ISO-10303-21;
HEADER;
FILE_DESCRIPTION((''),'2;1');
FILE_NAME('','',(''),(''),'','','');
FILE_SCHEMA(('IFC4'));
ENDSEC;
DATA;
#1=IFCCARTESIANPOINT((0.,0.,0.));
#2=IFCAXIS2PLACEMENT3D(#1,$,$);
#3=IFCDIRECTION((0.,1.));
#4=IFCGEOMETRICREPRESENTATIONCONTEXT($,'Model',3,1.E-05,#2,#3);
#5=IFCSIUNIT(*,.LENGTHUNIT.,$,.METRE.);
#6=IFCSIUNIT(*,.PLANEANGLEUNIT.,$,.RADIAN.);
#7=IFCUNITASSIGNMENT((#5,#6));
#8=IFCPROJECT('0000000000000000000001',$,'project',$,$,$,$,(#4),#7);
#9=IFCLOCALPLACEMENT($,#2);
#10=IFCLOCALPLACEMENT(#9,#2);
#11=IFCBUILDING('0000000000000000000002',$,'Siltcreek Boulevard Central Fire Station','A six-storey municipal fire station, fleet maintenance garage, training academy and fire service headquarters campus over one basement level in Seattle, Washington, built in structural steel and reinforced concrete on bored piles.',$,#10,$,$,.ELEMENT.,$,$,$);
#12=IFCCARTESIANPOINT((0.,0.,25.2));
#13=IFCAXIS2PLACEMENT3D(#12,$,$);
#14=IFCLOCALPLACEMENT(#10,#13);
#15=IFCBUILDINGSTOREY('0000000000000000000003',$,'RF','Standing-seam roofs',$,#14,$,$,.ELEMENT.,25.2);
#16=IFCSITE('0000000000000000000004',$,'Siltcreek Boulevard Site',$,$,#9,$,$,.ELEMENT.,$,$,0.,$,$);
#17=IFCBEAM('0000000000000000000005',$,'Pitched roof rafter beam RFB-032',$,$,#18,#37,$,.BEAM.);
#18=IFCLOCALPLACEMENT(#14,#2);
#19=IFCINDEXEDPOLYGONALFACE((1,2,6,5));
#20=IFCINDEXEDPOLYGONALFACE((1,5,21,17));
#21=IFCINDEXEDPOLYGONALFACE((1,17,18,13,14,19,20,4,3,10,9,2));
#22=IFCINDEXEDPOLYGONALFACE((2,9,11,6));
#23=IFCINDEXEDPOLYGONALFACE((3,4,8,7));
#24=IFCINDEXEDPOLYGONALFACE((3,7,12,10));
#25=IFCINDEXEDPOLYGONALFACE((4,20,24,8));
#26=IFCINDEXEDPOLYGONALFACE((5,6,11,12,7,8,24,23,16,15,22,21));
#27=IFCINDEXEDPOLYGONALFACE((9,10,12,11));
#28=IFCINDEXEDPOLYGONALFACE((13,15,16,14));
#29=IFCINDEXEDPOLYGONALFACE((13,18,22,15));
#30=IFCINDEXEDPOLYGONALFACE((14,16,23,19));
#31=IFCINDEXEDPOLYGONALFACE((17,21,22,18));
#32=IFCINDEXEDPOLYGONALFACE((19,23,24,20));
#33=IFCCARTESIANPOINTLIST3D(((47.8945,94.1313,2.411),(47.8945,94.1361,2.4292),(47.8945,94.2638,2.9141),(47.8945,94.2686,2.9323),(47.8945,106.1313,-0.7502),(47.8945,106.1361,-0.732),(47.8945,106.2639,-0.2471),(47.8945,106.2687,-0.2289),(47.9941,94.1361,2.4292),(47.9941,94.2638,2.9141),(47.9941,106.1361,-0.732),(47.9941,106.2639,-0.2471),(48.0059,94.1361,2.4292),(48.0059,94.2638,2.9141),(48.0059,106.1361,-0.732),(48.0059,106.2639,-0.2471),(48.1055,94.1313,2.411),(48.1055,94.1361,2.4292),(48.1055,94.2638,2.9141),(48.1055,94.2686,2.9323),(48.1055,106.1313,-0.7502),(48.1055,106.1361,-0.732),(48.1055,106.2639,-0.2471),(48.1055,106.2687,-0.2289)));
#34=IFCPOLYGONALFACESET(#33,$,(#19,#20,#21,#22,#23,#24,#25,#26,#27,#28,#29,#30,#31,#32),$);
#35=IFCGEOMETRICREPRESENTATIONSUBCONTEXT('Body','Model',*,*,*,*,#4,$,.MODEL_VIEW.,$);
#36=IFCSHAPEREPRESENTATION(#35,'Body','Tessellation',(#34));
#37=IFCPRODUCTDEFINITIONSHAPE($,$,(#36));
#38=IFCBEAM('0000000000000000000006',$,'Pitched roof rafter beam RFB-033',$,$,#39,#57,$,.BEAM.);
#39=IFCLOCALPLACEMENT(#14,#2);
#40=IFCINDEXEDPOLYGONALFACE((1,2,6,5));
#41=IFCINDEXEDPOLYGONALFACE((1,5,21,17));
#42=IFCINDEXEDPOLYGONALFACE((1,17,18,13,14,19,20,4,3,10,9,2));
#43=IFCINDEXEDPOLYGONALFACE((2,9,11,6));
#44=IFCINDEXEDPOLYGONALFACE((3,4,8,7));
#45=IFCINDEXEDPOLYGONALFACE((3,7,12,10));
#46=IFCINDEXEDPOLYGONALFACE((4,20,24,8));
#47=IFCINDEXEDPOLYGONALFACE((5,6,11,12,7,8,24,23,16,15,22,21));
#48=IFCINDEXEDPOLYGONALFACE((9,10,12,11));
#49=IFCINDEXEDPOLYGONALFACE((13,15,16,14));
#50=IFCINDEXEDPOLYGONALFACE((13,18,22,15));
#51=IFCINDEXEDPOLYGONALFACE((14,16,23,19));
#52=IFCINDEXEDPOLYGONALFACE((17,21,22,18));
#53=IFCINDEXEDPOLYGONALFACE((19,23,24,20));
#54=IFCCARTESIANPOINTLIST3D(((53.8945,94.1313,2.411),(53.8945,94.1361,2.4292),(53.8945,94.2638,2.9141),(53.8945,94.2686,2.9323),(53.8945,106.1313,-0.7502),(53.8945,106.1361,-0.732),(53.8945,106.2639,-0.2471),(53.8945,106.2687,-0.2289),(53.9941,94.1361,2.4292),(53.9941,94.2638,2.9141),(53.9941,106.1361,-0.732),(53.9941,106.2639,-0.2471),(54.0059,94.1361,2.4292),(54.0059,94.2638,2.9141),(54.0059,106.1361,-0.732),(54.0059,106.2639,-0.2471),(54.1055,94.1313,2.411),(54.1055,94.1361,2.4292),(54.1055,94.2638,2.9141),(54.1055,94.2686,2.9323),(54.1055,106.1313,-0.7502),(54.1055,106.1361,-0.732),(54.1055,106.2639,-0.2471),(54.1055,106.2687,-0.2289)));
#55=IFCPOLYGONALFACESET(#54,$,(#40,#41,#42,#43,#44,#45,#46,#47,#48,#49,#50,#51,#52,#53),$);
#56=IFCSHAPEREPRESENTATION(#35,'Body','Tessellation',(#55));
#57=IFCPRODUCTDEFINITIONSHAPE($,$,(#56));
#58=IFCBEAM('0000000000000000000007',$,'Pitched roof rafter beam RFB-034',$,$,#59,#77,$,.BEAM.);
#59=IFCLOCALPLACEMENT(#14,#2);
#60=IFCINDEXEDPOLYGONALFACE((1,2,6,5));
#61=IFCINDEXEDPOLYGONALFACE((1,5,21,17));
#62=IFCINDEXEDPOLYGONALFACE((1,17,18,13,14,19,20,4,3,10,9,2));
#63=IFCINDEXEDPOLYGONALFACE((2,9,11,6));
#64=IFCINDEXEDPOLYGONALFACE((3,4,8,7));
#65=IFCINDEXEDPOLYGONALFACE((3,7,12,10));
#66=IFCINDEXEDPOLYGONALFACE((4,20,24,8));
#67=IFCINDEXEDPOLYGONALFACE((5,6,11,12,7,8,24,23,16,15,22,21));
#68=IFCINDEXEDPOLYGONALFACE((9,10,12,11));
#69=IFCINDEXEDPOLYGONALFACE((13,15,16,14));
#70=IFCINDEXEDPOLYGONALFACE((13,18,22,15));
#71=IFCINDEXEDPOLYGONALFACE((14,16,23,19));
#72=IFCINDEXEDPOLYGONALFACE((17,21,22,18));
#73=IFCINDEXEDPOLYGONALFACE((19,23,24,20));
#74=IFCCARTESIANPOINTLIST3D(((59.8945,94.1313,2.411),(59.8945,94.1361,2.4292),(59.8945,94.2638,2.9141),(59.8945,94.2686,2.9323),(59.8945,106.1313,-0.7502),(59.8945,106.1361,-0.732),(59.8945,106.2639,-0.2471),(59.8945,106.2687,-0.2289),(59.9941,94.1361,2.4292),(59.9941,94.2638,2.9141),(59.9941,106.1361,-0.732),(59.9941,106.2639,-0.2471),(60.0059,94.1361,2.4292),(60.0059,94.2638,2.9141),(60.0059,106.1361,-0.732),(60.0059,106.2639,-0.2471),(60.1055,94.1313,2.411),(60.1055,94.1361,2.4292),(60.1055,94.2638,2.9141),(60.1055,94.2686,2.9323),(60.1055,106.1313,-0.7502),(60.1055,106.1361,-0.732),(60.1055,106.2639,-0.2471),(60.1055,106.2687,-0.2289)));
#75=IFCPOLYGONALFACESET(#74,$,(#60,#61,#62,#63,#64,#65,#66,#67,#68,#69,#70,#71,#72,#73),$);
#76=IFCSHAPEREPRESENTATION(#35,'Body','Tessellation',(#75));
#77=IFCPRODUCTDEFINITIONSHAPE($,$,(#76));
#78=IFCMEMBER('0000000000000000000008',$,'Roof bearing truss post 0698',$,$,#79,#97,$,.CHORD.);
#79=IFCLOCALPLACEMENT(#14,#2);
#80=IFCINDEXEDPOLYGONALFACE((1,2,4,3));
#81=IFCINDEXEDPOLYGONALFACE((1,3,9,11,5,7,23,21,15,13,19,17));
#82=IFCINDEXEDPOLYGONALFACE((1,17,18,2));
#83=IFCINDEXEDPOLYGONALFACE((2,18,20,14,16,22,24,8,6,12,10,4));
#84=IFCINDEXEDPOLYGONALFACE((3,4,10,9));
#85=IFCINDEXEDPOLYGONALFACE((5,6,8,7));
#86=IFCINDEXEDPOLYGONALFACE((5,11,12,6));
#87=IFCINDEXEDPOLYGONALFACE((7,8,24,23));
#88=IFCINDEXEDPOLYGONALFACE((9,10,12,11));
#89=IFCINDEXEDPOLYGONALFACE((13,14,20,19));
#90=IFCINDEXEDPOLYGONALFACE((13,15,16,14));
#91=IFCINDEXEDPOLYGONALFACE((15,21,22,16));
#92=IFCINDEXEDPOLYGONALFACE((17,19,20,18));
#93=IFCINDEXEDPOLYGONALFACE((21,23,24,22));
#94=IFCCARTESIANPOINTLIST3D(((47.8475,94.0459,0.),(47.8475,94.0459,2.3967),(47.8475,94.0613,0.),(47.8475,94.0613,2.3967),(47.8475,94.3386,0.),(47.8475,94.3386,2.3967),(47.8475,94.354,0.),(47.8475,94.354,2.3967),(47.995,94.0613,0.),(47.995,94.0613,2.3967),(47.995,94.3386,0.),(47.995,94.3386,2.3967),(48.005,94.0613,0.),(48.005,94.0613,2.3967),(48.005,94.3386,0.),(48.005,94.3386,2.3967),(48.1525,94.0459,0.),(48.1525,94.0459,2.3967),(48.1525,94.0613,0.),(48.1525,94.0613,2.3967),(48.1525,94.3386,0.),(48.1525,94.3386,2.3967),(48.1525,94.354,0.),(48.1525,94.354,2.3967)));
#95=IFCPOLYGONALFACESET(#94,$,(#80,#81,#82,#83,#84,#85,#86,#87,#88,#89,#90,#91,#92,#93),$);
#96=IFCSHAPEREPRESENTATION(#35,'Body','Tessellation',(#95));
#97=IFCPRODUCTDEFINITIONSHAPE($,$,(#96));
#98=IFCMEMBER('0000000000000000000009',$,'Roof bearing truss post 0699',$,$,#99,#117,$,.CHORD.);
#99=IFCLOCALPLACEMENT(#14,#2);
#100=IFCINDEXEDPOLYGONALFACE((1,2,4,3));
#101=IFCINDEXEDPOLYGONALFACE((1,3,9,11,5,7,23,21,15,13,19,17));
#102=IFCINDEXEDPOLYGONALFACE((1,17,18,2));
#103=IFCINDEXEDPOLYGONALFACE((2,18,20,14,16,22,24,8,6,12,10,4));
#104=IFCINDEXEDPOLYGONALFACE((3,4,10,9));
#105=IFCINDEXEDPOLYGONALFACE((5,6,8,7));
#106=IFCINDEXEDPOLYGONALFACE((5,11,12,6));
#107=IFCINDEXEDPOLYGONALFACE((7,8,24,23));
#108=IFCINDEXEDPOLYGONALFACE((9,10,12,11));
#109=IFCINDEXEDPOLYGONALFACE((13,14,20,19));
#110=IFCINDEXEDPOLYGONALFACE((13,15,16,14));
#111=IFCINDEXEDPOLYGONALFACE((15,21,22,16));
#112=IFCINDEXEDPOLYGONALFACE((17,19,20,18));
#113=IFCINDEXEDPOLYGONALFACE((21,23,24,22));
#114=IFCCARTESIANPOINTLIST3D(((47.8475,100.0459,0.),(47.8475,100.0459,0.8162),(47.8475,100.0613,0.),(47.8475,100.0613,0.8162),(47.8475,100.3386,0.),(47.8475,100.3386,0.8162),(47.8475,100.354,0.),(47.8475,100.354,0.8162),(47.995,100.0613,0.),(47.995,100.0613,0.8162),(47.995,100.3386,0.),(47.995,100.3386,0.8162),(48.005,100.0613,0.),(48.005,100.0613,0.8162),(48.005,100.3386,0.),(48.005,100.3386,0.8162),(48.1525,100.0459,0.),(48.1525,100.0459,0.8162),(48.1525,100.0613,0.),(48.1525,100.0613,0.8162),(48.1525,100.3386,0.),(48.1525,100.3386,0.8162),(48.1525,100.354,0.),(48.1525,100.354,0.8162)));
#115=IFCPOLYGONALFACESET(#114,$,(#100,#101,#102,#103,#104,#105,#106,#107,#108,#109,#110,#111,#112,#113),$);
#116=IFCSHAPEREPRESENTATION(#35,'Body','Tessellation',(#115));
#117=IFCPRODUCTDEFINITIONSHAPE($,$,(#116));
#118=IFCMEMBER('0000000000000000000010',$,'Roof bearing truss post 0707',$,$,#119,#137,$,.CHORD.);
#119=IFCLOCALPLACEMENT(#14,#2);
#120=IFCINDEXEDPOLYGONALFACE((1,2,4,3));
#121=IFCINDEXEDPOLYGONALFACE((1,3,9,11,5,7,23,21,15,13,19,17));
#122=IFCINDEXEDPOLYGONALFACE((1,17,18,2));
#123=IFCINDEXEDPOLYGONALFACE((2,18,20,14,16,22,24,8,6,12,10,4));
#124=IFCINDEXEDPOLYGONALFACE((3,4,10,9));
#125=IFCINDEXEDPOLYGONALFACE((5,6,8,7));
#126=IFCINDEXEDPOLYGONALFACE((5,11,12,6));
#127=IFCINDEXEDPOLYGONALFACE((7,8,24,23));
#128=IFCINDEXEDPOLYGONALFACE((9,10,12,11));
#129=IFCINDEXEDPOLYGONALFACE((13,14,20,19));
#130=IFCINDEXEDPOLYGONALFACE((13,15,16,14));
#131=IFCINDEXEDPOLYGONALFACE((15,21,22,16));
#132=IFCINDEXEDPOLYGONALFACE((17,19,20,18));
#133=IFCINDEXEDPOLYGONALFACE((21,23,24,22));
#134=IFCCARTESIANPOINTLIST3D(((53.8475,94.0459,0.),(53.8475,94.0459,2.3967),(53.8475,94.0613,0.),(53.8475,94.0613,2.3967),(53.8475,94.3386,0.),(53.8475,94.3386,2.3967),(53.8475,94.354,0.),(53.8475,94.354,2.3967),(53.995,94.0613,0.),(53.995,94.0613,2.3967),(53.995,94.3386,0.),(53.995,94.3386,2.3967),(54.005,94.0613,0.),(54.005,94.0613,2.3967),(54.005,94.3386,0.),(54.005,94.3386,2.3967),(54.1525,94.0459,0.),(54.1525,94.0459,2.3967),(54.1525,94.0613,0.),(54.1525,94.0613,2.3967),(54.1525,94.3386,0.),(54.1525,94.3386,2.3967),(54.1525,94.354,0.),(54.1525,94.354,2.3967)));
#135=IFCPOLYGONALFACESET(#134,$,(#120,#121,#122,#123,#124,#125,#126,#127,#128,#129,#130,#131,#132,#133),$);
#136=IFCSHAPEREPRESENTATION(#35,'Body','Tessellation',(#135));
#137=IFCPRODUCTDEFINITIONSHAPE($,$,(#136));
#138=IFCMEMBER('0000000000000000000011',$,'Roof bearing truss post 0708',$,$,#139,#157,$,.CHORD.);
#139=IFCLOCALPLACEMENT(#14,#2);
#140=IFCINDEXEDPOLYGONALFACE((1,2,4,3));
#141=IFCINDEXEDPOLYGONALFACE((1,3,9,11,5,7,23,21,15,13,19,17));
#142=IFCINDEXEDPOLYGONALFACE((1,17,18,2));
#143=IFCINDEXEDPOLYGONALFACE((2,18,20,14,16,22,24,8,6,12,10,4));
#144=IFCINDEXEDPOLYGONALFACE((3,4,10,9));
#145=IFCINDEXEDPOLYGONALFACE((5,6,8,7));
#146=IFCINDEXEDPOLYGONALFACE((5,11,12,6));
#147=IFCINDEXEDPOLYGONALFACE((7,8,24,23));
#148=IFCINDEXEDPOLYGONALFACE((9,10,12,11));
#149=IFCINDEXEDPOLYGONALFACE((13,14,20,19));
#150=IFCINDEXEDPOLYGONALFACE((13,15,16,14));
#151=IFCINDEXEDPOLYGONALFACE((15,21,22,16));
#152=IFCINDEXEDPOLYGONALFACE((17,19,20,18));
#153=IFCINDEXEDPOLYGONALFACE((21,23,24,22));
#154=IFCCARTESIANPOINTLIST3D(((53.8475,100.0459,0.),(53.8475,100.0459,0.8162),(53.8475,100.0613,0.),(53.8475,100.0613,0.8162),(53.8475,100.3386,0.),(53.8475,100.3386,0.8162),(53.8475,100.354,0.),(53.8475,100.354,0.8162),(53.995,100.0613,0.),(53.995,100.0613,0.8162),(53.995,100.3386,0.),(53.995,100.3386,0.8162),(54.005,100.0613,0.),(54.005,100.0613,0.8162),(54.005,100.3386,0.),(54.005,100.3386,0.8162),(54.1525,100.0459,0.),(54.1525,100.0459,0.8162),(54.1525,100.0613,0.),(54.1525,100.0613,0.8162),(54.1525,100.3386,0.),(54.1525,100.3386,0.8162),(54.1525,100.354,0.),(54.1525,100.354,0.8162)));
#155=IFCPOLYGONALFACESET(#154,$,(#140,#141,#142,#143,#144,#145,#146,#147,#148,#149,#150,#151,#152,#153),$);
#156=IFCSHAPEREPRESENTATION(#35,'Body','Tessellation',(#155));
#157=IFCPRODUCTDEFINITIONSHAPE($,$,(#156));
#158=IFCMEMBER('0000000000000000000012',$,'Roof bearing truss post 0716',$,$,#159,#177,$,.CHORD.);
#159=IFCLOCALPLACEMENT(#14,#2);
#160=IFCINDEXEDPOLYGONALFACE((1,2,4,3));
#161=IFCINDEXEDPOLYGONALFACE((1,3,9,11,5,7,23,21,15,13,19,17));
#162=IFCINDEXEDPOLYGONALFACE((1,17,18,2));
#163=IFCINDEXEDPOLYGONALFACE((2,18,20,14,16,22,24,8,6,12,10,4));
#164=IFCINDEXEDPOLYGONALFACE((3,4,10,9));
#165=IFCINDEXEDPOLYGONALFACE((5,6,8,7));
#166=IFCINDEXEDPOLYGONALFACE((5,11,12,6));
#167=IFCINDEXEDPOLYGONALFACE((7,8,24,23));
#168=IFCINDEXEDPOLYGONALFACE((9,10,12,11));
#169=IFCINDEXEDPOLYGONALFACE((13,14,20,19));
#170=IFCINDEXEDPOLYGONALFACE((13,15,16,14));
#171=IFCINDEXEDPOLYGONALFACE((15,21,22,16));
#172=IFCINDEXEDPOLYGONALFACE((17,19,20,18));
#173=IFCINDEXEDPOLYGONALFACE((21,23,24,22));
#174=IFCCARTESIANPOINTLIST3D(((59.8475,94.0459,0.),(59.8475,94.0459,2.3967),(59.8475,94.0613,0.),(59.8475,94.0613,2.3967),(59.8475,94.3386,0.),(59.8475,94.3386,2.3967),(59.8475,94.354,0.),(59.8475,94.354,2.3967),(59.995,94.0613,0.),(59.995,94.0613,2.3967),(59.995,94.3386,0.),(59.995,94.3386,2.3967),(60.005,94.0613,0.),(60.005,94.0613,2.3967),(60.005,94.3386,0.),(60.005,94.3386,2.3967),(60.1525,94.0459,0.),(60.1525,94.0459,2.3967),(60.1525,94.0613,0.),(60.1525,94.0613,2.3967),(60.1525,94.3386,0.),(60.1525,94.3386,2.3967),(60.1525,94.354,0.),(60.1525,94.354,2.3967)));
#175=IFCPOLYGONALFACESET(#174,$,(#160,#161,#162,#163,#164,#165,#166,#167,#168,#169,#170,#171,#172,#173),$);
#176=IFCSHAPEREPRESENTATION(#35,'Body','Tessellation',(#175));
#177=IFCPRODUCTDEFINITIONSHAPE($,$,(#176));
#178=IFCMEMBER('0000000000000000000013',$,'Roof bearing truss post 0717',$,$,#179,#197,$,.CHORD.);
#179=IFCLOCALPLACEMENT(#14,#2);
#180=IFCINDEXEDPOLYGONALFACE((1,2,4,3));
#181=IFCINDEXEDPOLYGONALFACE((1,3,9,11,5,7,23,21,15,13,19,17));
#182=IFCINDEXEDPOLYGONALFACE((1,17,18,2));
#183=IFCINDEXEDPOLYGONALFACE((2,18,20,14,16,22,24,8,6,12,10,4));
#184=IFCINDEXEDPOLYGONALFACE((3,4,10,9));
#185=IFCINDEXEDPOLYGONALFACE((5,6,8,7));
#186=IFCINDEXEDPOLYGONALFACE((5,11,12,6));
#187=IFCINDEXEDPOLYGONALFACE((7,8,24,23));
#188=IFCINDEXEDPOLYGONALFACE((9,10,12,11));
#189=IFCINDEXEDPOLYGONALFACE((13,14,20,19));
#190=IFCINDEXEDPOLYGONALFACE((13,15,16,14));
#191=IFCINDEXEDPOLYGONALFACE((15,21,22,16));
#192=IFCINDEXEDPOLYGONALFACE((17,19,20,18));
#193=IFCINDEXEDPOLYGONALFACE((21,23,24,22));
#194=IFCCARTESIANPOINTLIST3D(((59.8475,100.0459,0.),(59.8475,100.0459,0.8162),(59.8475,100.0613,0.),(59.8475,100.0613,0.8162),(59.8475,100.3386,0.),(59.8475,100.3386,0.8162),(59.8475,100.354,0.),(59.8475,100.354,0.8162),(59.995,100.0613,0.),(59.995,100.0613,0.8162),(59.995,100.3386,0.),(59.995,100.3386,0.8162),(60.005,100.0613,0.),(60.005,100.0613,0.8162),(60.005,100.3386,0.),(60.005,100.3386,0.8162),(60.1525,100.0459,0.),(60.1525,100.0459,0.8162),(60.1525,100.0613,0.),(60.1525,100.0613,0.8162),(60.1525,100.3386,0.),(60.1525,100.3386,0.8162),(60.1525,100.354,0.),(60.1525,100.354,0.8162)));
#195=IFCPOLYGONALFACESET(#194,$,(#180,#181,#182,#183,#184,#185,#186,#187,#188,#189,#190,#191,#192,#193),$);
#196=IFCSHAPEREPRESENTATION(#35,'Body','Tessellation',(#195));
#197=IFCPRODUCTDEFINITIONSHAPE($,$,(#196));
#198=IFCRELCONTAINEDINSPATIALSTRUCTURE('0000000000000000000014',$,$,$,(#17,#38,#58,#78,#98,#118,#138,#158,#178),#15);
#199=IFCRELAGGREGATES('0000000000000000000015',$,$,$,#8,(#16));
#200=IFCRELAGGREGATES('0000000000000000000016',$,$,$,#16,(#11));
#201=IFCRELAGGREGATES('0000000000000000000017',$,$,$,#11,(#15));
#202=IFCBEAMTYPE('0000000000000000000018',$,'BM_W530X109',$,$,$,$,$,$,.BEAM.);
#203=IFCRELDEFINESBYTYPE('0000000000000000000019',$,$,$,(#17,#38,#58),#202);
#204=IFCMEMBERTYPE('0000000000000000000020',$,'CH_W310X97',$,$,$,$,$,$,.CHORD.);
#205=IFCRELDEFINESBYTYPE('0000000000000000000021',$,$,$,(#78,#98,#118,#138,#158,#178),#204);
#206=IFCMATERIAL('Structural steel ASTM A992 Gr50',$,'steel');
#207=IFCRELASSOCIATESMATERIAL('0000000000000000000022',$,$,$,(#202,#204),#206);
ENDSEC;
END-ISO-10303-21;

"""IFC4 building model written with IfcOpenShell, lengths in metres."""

from ifc_helpers import new_model, si_unit, direction, frame, origin, origin_2d, place, context, subcontext, project, spatial, i_section, extrude, material, material_profile, profile_set, type_object, element, save


model = new_model("IFC4")

# Units and contexts
model_context = context("Model", 3, precision=1e-05, world=origin(), true_north=direction((0.0, 1.0)))
body_context = subcontext(model_context, "Body", "Model", "MODEL_VIEW")
ifc_project = project(units=[si_unit("LENGTHUNIT", "METRE"), si_unit("PLANEANGLEUNIT", "RADIAN")], contexts=[model_context])

# Site, building, storey
site_placement = place(None, origin())
site = spatial("IfcSite", under=ifc_project, at=site_placement, Name="Siltcreek Boulevard Site", CompositionType="ELEMENT", RefElevation=0.0)
building_placement = place(site_placement, origin())
building = spatial("IfcBuilding", under=site, at=building_placement, Name="Siltcreek Boulevard Central Fire Station", Description="A six-storey municipal fire station, fleet maintenance garage, training academy and fire service headquarters campus over one basement level in Seattle, Washington, built in structural steel and reinforced concrete on bored piles.", CompositionType="ELEMENT")
storey_placement = place(building_placement, frame((0.0, 0.0, 25.2)))
storey = spatial("IfcBuildingStorey", under=building, at=storey_placement, Name="RF", Description="Standing-seam roofs", CompositionType="ELEMENT", Elevation=25.2)

# Beams
ifc_material_1 = material(Name="Structural steel ASTM A992 Gr50", Category="steel")
ifc_material_profile_1 = material_profile(ifc_material_1, i_section(OverallWidth=0.2109, OverallDepth=0.5391, WebThickness=0.0117, FlangeThickness=0.0188, at=origin_2d()), Name="W530X109")
ifc_profile_set_1 = profile_set([ifc_material_profile_1], Name="Structural steel ASTM A992 Gr50")
beam_type = type_object("IfcBeamType", Name="BM_W530X109", PredefinedType="BEAM", material=ifc_profile_set_1)
for number, where, z_axis, x_axis, name in (
    (1, (48.0, 94.2, 2.6716), (0.0, 0.96701, -0.254737), (-1.0, 0.0, 0.0), "Pitched roof rafter beam RFB-032"),
    (2, (54.0, 94.2, 2.6716), (0.0, 0.96701, -0.254737), (-1.0, 0.0, 0.0), "Pitched roof rafter beam RFB-033"),
    (3, (60.0, 94.2, 2.6716), (0.0, 0.96701, -0.254737), (-1.0, 0.0, 0.0), "Pitched roof rafter beam RFB-034"),
):
    element("IfcBeam", number, at=place(storey_placement, frame(where, z_axis=z_axis, x_axis=x_axis)), inside=storey, type_object=beam_type, Name=name, PredefinedType="BEAM", context=body_context, shape_type="SweptSolid", body=[
        extrude(i_section(OverallWidth=0.2109, OverallDepth=0.5391, WebThickness=0.0117, FlangeThickness=0.0188, at=origin_2d()), origin(), (0.0, 0.0, 1.0), 12.4094),
    ])

# Members
ifc_material_profile_2 = material_profile(ifc_material_1, i_section(OverallWidth=0.3049, OverallDepth=0.3081, WebThickness=0.01, FlangeThickness=0.0154, at=origin_2d()), Name="W310X97")
ifc_profile_set_2 = profile_set([ifc_material_profile_2], Name="Structural steel ASTM A992 Gr50")
member_type_1 = type_object("IfcMemberType", Name="CH_W310X97", PredefinedType="CHORD", material=ifc_profile_set_2)
member_1_placement = place(storey_placement, frame((48.0, 94.2, 0.0), z_axis=(0.0, 0.0, 1.0), x_axis=(1.0, 0.0, 0.0)))
element("IfcMember", 4, at=member_1_placement, inside=storey, type_object=member_type_1, Name="Roof bearing truss post 0698", PredefinedType="CHORD", context=body_context, shape_type="SweptSolid", body=[
    extrude(i_section(OverallWidth=0.3049, OverallDepth=0.3081, WebThickness=0.01, FlangeThickness=0.0154, at=origin_2d()), origin(), (0.0, 0.0, 1.0), 2.3967),
])
member_2_placement = place(storey_placement, frame((48.0, 100.2, 0.0), z_axis=(0.0, 0.0, 1.0), x_axis=(1.0, 0.0, 0.0)))
element("IfcMember", 5, at=member_2_placement, inside=storey, type_object=member_type_1, Name="Roof bearing truss post 0699", PredefinedType="CHORD", context=body_context, shape_type="SweptSolid", body=[
    extrude(i_section(OverallWidth=0.3049, OverallDepth=0.3081, WebThickness=0.01, FlangeThickness=0.0154, at=origin_2d()), origin(), (0.0, 0.0, 1.0), 0.8162),
])
member_3_placement = place(storey_placement, frame((54.0, 94.2, 0.0), z_axis=(0.0, 0.0, 1.0), x_axis=(1.0, 0.0, 0.0)))
element("IfcMember", 6, at=member_3_placement, inside=storey, type_object=member_type_1, Name="Roof bearing truss post 0707", PredefinedType="CHORD", context=body_context, shape_type="SweptSolid", body=[
    extrude(i_section(OverallWidth=0.3049, OverallDepth=0.3081, WebThickness=0.01, FlangeThickness=0.0154, at=origin_2d()), origin(), (0.0, 0.0, 1.0), 2.3967),
])
member_4_placement = place(storey_placement, frame((54.0, 100.2, 0.0), z_axis=(0.0, 0.0, 1.0), x_axis=(1.0, 0.0, 0.0)))
element("IfcMember", 7, at=member_4_placement, inside=storey, type_object=member_type_1, Name="Roof bearing truss post 0708", PredefinedType="CHORD", context=body_context, shape_type="SweptSolid", body=[
    extrude(i_section(OverallWidth=0.3049, OverallDepth=0.3081, WebThickness=0.01, FlangeThickness=0.0154, at=origin_2d()), origin(), (0.0, 0.0, 1.0), 0.8162),
])
member_5_placement = place(storey_placement, frame((60.0, 94.2, 0.0), z_axis=(0.0, 0.0, 1.0), x_axis=(1.0, 0.0, 0.0)))
element("IfcMember", 8, at=member_5_placement, inside=storey, type_object=member_type_1, Name="Roof bearing truss post 0716", PredefinedType="CHORD", context=body_context, shape_type="SweptSolid", body=[
    extrude(i_section(OverallWidth=0.3049, OverallDepth=0.3081, WebThickness=0.01, FlangeThickness=0.0154, at=origin_2d()), origin(), (0.0, 0.0, 1.0), 2.3967),
])
member_6_placement = place(storey_placement, frame((60.0, 100.2, 0.0), z_axis=(0.0, 0.0, 1.0), x_axis=(1.0, 0.0, 0.0)))
element("IfcMember", 9, at=member_6_placement, inside=storey, type_object=member_type_1, Name="Roof bearing truss post 0717", PredefinedType="CHORD", context=body_context, shape_type="SweptSolid", body=[
    extrude(i_section(OverallWidth=0.3049, OverallDepth=0.3081, WebThickness=0.01, FlangeThickness=0.0154, at=origin_2d()), origin(), (0.0, 0.0, 1.0), 0.8162),
])

save(model, "model.ifc")
